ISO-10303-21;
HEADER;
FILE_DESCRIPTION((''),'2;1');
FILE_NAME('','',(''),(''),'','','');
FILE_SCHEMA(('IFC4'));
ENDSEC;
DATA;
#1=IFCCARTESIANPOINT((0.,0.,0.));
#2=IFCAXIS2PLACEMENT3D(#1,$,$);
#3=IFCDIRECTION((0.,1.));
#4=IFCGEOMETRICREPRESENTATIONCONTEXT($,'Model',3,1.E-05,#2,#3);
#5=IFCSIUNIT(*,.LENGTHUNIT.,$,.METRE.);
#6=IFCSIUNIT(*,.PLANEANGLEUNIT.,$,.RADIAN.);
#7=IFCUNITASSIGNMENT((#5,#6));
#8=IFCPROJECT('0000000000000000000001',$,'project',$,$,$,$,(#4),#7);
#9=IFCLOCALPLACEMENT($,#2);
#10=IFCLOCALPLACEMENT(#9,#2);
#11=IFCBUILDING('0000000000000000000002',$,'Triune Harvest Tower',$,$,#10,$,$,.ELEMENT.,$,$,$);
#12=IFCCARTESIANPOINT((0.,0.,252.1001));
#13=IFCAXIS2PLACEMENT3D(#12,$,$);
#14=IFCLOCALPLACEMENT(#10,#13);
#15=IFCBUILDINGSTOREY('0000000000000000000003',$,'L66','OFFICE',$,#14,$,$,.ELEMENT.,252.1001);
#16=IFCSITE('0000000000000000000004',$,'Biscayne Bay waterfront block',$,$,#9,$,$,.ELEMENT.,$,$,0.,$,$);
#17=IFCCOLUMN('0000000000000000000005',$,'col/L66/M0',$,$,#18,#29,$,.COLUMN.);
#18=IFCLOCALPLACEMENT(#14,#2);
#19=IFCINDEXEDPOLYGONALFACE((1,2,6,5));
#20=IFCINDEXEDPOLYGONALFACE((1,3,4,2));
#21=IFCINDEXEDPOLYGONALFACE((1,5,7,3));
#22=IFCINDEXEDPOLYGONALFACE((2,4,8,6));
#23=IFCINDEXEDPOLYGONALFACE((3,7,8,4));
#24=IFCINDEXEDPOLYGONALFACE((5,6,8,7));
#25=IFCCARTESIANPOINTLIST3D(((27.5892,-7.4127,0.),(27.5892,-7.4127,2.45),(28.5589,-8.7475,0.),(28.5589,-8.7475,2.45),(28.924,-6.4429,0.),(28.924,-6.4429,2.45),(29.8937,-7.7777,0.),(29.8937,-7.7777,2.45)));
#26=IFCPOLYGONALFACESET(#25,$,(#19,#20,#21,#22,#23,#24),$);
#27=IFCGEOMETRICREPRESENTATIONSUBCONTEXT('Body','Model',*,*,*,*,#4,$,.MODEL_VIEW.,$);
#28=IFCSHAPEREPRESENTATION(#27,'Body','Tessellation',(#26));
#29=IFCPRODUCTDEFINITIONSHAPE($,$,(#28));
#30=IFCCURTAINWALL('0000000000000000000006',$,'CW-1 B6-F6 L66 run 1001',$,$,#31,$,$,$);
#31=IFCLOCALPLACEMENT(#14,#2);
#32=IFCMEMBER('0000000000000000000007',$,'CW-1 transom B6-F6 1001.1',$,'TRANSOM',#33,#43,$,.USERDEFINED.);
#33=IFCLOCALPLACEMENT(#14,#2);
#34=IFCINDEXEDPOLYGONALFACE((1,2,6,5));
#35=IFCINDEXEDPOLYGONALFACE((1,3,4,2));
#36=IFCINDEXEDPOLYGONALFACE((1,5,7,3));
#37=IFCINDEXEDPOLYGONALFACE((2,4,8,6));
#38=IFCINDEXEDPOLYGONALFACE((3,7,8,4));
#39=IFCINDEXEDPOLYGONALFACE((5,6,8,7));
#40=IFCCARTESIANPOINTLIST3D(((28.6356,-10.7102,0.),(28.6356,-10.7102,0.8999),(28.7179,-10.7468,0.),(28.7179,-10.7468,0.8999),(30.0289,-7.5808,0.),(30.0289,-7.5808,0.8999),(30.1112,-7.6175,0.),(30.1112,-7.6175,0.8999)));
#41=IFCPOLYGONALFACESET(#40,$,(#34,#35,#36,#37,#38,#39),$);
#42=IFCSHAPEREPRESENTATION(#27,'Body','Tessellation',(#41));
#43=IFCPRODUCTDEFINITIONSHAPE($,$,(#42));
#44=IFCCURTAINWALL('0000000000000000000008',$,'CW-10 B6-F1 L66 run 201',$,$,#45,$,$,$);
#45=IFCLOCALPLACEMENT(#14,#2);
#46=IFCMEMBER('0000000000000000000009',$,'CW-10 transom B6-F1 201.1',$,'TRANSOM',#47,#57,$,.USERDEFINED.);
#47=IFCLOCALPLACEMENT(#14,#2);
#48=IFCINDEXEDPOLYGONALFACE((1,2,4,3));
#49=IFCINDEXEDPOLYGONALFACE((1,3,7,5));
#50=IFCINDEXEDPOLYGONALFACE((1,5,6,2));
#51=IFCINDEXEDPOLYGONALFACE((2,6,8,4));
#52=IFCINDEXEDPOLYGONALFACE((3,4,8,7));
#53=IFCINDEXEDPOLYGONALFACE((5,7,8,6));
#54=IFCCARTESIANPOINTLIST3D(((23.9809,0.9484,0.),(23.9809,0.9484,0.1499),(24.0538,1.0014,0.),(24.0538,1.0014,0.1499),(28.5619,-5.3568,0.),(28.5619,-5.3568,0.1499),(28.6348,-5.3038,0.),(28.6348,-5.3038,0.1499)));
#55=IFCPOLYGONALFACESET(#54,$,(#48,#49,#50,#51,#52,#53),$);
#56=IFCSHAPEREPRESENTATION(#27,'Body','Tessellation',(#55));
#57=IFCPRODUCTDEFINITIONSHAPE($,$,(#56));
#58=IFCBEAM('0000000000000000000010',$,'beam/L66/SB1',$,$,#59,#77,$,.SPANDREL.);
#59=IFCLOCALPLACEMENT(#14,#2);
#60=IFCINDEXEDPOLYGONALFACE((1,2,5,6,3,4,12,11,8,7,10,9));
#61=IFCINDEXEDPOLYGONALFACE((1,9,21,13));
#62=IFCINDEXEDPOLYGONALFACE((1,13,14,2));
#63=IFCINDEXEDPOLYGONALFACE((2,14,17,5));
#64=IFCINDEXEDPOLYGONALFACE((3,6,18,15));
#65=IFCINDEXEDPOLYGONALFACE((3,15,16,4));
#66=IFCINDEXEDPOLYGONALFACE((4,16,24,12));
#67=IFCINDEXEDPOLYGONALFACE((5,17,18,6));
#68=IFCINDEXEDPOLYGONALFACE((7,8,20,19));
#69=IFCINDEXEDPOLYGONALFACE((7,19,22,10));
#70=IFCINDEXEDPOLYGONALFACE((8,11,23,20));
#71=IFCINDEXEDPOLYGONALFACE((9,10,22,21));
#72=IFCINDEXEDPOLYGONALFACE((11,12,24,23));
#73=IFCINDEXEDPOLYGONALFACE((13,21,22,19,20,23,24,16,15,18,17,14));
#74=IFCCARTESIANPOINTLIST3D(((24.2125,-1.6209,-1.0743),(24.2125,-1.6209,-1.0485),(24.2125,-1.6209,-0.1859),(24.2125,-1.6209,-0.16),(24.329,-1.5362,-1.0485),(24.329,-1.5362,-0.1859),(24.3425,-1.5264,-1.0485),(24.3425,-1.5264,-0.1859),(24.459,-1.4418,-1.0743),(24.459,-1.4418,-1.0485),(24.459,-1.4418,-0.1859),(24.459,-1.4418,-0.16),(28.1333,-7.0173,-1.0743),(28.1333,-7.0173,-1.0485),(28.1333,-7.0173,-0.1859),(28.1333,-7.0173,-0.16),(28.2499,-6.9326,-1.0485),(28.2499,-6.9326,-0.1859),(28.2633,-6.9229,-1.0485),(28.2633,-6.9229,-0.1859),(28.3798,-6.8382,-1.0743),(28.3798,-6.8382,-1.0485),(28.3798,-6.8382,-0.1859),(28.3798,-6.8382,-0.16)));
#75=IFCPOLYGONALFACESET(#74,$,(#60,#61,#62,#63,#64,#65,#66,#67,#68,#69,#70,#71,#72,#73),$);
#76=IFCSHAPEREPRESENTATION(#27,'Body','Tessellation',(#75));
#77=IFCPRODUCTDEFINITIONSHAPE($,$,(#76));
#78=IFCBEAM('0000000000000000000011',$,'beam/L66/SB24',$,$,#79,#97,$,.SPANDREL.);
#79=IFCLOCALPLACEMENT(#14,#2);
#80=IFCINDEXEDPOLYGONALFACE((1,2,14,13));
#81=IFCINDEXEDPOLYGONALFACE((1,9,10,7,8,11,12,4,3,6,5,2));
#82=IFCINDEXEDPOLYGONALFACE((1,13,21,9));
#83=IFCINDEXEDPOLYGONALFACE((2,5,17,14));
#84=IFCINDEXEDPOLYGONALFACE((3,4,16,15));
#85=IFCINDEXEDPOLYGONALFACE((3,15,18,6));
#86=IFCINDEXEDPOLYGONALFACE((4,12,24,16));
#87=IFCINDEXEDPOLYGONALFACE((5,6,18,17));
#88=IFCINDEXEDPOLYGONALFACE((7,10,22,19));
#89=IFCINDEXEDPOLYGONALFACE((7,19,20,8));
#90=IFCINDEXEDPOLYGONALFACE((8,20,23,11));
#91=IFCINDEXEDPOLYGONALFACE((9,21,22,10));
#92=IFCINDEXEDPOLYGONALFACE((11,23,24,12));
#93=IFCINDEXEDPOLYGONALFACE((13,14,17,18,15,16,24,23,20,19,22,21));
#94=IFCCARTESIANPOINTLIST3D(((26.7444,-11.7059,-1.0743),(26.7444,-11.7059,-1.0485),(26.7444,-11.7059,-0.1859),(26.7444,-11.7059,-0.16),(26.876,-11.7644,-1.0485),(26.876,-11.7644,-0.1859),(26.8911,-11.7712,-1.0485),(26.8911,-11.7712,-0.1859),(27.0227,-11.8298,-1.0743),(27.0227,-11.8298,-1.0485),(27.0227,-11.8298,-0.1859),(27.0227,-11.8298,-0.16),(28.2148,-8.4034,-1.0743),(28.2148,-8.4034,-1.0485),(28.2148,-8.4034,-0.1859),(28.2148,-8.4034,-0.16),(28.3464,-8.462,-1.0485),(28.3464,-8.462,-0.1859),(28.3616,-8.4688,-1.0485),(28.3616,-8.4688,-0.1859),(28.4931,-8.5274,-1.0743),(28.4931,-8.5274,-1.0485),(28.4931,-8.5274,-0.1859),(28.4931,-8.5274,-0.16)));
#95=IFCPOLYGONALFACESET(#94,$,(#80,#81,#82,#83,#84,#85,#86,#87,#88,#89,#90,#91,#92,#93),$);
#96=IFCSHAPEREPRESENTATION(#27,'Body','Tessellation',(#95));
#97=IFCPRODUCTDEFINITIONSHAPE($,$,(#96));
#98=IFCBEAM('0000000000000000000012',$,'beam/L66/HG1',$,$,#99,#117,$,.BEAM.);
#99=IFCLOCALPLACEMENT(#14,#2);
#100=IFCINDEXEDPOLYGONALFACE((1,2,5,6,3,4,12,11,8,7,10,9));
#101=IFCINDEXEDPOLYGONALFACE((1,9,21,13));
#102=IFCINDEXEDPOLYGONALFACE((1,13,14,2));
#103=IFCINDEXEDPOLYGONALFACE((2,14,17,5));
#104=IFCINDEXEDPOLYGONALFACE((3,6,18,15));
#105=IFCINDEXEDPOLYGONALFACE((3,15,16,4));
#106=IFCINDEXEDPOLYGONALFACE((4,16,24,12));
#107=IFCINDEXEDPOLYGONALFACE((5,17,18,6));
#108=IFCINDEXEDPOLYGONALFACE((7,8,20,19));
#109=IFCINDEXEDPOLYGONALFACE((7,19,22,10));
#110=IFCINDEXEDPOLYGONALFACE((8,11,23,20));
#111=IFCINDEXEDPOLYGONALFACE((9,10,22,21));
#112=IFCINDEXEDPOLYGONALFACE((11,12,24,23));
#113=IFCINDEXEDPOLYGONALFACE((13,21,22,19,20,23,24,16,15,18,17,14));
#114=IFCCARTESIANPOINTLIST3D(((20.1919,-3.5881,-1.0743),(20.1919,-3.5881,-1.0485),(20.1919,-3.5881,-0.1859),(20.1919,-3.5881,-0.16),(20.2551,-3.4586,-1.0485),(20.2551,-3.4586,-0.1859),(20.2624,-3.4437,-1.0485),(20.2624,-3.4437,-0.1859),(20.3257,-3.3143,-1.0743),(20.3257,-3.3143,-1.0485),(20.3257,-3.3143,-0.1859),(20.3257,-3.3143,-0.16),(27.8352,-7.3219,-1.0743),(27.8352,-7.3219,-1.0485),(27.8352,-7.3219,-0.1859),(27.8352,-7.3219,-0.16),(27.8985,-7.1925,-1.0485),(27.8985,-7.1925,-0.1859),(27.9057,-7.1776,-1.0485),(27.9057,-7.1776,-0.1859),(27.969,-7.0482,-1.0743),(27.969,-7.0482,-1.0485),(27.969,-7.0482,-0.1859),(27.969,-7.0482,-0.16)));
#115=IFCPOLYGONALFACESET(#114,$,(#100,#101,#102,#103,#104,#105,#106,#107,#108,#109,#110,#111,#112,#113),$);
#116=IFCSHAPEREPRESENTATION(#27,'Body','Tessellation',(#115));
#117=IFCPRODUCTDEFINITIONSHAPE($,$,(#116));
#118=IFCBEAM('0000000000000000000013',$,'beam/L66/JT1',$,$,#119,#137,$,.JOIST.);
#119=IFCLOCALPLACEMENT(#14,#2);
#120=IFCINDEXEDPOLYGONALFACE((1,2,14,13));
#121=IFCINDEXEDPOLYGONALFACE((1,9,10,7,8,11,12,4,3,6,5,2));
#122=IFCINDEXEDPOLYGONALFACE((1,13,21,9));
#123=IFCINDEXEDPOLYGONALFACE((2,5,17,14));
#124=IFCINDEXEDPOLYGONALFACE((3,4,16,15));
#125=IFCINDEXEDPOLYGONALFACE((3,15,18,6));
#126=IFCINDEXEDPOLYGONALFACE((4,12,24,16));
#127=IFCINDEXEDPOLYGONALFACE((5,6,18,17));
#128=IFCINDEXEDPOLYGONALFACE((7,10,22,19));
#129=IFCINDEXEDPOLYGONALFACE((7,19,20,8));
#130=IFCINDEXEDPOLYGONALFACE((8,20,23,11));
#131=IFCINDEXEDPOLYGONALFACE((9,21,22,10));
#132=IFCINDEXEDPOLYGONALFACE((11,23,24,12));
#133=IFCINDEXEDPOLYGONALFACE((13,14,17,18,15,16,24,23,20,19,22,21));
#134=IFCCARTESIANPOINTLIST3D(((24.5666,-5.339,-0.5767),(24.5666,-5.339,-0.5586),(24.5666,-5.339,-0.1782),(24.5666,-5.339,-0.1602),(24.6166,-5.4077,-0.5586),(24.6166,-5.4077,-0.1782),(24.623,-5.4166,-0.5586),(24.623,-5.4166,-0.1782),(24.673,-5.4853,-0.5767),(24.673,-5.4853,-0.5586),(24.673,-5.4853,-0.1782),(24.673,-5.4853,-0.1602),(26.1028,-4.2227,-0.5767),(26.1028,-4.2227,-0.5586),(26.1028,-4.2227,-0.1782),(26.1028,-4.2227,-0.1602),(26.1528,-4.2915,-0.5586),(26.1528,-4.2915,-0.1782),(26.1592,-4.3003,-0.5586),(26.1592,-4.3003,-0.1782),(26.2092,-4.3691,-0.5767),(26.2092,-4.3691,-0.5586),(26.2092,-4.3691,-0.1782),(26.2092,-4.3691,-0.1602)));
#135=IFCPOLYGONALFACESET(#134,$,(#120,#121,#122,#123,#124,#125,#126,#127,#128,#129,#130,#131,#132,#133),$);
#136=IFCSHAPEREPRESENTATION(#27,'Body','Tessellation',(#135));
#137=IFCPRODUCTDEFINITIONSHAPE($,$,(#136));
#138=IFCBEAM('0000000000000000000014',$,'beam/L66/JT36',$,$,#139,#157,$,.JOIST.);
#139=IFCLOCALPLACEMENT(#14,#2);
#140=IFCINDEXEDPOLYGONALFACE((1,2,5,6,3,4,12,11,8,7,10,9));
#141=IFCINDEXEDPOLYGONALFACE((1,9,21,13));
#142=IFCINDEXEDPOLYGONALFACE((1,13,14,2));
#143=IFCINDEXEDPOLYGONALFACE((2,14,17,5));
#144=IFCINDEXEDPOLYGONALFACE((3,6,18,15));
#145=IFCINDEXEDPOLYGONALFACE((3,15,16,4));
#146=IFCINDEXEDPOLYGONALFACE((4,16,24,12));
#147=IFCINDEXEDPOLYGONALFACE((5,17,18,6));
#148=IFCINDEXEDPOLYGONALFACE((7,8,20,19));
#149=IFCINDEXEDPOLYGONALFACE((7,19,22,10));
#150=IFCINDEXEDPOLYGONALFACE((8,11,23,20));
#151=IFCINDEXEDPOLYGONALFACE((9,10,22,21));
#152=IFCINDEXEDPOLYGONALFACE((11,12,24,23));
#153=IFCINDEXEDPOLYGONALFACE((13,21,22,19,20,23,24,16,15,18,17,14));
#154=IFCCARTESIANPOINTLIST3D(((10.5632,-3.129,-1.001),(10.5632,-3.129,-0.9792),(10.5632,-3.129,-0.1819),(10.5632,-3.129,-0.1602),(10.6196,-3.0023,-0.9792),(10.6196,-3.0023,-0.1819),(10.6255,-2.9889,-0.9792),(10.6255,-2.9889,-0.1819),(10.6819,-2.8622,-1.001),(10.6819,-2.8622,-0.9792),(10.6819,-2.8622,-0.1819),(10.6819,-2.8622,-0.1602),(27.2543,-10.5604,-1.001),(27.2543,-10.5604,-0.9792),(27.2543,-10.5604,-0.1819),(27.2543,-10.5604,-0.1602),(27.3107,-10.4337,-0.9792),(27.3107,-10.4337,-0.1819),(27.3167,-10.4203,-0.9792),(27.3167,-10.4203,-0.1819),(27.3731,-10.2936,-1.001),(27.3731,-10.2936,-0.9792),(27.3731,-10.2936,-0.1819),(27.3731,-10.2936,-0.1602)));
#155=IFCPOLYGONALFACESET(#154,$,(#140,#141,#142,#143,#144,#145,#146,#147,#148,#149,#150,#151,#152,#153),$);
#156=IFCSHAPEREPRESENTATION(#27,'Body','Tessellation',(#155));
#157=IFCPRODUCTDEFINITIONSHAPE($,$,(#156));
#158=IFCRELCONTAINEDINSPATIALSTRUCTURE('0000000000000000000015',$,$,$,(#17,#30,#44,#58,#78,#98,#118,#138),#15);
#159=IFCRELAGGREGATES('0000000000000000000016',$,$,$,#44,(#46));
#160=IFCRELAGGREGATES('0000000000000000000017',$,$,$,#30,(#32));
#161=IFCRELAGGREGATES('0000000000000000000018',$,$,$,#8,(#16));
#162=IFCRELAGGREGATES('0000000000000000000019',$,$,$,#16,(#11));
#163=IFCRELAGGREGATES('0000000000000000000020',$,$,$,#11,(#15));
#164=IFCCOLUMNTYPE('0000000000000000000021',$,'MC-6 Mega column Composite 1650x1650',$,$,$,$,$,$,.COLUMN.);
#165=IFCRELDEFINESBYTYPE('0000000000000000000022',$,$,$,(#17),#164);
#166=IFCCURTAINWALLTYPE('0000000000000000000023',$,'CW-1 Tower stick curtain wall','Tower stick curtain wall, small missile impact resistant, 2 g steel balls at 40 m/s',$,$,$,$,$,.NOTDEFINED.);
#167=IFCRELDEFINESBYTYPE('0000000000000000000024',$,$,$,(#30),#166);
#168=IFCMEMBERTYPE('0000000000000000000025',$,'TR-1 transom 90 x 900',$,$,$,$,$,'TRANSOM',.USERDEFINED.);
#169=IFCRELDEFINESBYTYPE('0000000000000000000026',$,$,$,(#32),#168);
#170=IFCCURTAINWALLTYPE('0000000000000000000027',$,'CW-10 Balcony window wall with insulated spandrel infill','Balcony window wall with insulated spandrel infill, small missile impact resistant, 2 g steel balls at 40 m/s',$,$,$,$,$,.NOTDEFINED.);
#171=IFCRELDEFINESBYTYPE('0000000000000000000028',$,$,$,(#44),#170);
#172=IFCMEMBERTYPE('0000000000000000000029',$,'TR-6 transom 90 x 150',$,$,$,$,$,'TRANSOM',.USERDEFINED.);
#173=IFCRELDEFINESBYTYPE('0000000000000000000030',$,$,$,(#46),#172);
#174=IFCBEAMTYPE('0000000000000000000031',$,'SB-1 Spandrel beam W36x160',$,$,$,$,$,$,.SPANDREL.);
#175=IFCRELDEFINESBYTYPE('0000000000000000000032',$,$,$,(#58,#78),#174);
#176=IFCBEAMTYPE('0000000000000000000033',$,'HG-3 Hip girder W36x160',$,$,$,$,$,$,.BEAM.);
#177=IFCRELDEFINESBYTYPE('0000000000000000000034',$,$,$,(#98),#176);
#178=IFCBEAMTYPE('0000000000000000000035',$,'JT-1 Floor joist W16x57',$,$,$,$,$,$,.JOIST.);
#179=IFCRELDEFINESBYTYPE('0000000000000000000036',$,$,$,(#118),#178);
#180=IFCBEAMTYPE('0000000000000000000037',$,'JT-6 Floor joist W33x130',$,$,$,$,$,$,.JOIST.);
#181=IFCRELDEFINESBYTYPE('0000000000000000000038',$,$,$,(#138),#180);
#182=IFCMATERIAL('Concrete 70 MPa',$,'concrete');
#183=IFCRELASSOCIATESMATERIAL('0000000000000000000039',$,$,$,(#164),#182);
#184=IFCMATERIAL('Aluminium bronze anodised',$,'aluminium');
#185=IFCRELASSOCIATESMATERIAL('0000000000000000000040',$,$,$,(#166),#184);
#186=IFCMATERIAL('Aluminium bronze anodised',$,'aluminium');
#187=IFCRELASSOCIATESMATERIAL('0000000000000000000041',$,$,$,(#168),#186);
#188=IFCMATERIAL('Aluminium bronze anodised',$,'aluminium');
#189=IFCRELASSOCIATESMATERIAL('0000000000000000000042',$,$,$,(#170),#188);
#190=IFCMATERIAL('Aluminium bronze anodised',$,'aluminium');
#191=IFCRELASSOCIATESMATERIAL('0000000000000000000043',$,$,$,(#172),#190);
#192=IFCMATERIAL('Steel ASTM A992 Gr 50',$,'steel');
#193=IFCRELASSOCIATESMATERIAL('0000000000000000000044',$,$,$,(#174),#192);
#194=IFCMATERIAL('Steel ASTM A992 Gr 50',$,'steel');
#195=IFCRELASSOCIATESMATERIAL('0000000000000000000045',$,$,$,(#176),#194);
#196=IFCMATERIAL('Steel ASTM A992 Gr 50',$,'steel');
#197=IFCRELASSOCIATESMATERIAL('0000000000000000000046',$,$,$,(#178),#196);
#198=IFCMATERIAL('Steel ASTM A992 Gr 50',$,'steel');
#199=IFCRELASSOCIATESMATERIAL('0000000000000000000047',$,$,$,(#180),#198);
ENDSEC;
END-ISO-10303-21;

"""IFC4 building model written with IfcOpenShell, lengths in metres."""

from ifc_helpers import new_model, si_unit, direction, frame, origin, origin_2d, place, context, subcontext, project, spatial, rectangle, i_section, extrude, source, transform, mapped, material, material_profile, profile_set, type_object, element, aggregate, save


model = new_model("IFC4")

# Units and contexts
model_context = context("Model", 3, precision=1e-05, world=origin(), true_north=direction((0.0, 1.0)))
body_context = subcontext(model_context, "Body", "Model", "MODEL_VIEW")
ifc_project = project(units=[si_unit("LENGTHUNIT", "METRE"), si_unit("PLANEANGLEUNIT", "RADIAN")], contexts=[model_context])

# Site, building, storey
site_placement = place(None, origin())
site = spatial("IfcSite", under=ifc_project, at=site_placement, Name="Biscayne Bay waterfront block", CompositionType="ELEMENT", RefElevation=0.0)
building_placement = place(site_placement, origin())
building = spatial("IfcBuilding", under=site, at=building_placement, Name="Triune Harvest Tower", CompositionType="ELEMENT")
storey_placement = place(building_placement, frame((0.0, 0.0, 252.1001)))
storey = spatial("IfcBuildingStorey", under=building, at=storey_placement, Name="L66", Description="OFFICE", CompositionType="ELEMENT", Elevation=252.1001)

# Column
ifc_material_1 = material(Name="Concrete 70 MPa", Category="concrete")
ifc_material_profile_1 = material_profile(ifc_material_1, rectangle(XDim=1.6499, YDim=1.6499, at=origin_2d()), Name="Composite 1650x1650")
ifc_profile_set_1 = profile_set([ifc_material_profile_1], Name="Concrete 70 MPa")
column_type = type_object("IfcColumnType", Name="MC-6 Mega column Composite 1650x1650", PredefinedType="COLUMN", material=ifc_profile_set_1)
shared_shape_1 = source(origin(), body_context, "Body", "SweptSolid", [
    extrude(rectangle(XDim=1.6499, YDim=1.6499, at=origin_2d()), origin(), (0.0, 0.0, 1.0), 2.45),
])
column_placement = place(storey_placement, frame((28.7415, -7.5952, 0.0), z_axis=(0.0, 0.0, 1.0), x_axis=(-0.587785, 0.809017, 0.0)))
element("IfcColumn", 1, at=column_placement, inside=storey, type_object=column_type, Name="col/L66/M0", PredefinedType="COLUMN", context=body_context, shape_type="MappedRepresentation", body=[
    mapped(shared_shape_1, transform((0.0, 0.0, 0.0), scale=1.0)),
])

# Curtain walls, members
ifc_material_2 = material(Name="Aluminium bronze anodised", Category="aluminium")
curtain_wall_type_1 = type_object("IfcCurtainWallType", Name="CW-1 Tower stick curtain wall", Description="Tower stick curtain wall, small missile impact resistant, 2 g steel balls at 40 m/s", PredefinedType="NOTDEFINED", material=ifc_material_2)
curtain_wall_1_placement = place(storey_placement, origin())
curtain_wall_1 = element("IfcCurtainWall", 2, at=curtain_wall_1_placement, inside=storey, type_object=curtain_wall_type_1, Name="CW-1 B6-F6 L66 run 1001")
ifc_material_3 = material(Name="Aluminium bronze anodised", Category="aluminium")
ifc_material_profile_2 = material_profile(ifc_material_3, rectangle(XDim=0.0901, YDim=0.8999, at=origin_2d()), Name="TR-1 transom 90 x 900")
ifc_profile_set_2 = profile_set([ifc_material_profile_2], Name="Aluminium bronze anodised")
member_type_1 = type_object("IfcMemberType", Name="TR-1 transom 90 x 900", ElementType="TRANSOM", PredefinedType="USERDEFINED", material=ifc_profile_set_2)
member_1_placement = place(storey_placement, frame((28.6768, -10.7285, 0.45), z_axis=(0.40674, 0.913544, 0.0), x_axis=(-0.913544, 0.40674, 0.0)))
member_1 = element("IfcMember", 3, at=member_1_placement, type_object=member_type_1, Name="CW-1 transom B6-F6 1001.1", ObjectType="TRANSOM", PredefinedType="USERDEFINED", context=body_context, shape_type="SweptSolid", body=[
    extrude(rectangle(XDim=0.0901, YDim=0.8999, at=origin_2d()), origin(), (0.0, 0.0, 1.0), 3.4255),
])
ifc_material_4 = material(Name="Aluminium bronze anodised", Category="aluminium")
curtain_wall_type_2 = type_object("IfcCurtainWallType", Name="CW-10 Balcony window wall with insulated spandrel infill", Description="Balcony window wall with insulated spandrel infill, small missile impact resistant, 2 g steel balls at 40 m/s", PredefinedType="NOTDEFINED", material=ifc_material_4)
curtain_wall_2_placement = place(storey_placement, origin())
curtain_wall_2 = element("IfcCurtainWall", 4, at=curtain_wall_2_placement, inside=storey, type_object=curtain_wall_type_2, Name="CW-10 B6-F1 L66 run 201")
ifc_material_5 = material(Name="Aluminium bronze anodised", Category="aluminium")
ifc_material_profile_3 = material_profile(ifc_material_5, rectangle(XDim=0.0901, YDim=0.1499, at=origin_2d()), Name="TR-6 transom 90 x 150")
ifc_profile_set_3 = profile_set([ifc_material_profile_3], Name="Aluminium bronze anodised")
member_type_2 = type_object("IfcMemberType", Name="TR-6 transom 90 x 150", ElementType="TRANSOM", PredefinedType="USERDEFINED", material=ifc_profile_set_3)
member_2_placement = place(storey_placement, frame((28.5984, -5.3303, 0.075), z_axis=(-0.587792, 0.809012, 0.0), x_axis=(-0.809012, -0.587792, 0.0)))
member_2 = element("IfcMember", 5, at=member_2_placement, type_object=member_type_2, Name="CW-10 transom B6-F1 201.1", ObjectType="TRANSOM", PredefinedType="USERDEFINED", context=body_context, shape_type="SweptSolid", body=[
    extrude(rectangle(XDim=0.0901, YDim=0.1499, at=origin_2d()), origin(), (0.0, 0.0, 1.0), 7.7937),
])

# Beams
ifc_material_6 = material(Name="Steel ASTM A992 Gr 50", Category="steel")
ifc_material_profile_4 = material_profile(ifc_material_6, i_section(OverallWidth=0.3047, OverallDepth=0.9143, WebThickness=0.0166, FlangeThickness=0.0259, at=origin_2d()), Name="W36x160")
ifc_profile_set_4 = profile_set([ifc_material_profile_4], Name="Steel ASTM A992 Gr 50")
beam_type_1 = type_object("IfcBeamType", Name="SB-1 Spandrel beam W36x160", PredefinedType="SPANDREL", material=ifc_profile_set_4)
shared_shape_2 = source(origin(), body_context, "Body", "SweptSolid", [
    extrude(i_section(OverallWidth=0.3047, OverallDepth=0.9143, WebThickness=0.0166, FlangeThickness=0.0259, at=origin_2d()), origin(), (0.0, 0.0, 1.0), 6.6704),
])
beam_1_placement = place(storey_placement, frame((28.2566, -6.9277, -0.6172), z_axis=(-0.587797, 0.809008, 0.0), x_axis=(-0.809008, -0.587797, 0.0)))
element("IfcBeam", 6, at=beam_1_placement, inside=storey, type_object=beam_type_1, Name="beam/L66/SB1", PredefinedType="SPANDREL", context=body_context, shape_type="MappedRepresentation", body=[
    mapped(shared_shape_2, transform((0.0, 0.0, 0.0), scale=1.0)),
])
shared_shape_3 = source(origin(), body_context, "Body", "SweptSolid", [
    extrude(i_section(OverallWidth=0.3047, OverallDepth=0.9143, WebThickness=0.0166, FlangeThickness=0.0259, at=origin_2d()), origin(), (0.0, 0.0, 1.0), 3.615),
])
beam_2_placement = place(storey_placement, frame((26.8835, -11.7678, -0.6172), z_axis=(0.406759, 0.913536, 0.0), x_axis=(-0.913536, 0.406759, 0.0)))
element("IfcBeam", 7, at=beam_2_placement, inside=storey, type_object=beam_type_1, Name="beam/L66/SB24", PredefinedType="SPANDREL", context=body_context, shape_type="MappedRepresentation", body=[
    mapped(shared_shape_3, transform((0.0, 0.0, 0.0), scale=1.0)),
])
ifc_material_7 = material(Name="Steel ASTM A992 Gr 50", Category="steel")
ifc_material_profile_5 = material_profile(ifc_material_7, i_section(OverallWidth=0.3047, OverallDepth=0.9143, WebThickness=0.0166, FlangeThickness=0.0259, at=origin_2d()), Name="W36x160")
ifc_profile_set_5 = profile_set([ifc_material_profile_5], Name="Steel ASTM A992 Gr 50")
beam_type_2 = type_object("IfcBeamType", Name="HG-3 Hip girder W36x160", PredefinedType="BEAM", material=ifc_profile_set_5)
shared_shape_4 = source(origin(), body_context, "Body", "SweptSolid", [
    extrude(i_section(OverallWidth=0.3047, OverallDepth=0.9143, WebThickness=0.0166, FlangeThickness=0.0259, at=origin_2d()), origin(), (0.0, 0.0, 1.0), 8.5066),
])
beam_3_placement = place(storey_placement, frame((27.9021, -7.1851, -0.6172), z_axis=(-0.898516, 0.43894, 0.0), x_axis=(-0.43894, -0.898516, 0.0)))
element("IfcBeam", 8, at=beam_3_placement, inside=storey, type_object=beam_type_2, Name="beam/L66/HG1", PredefinedType="BEAM", context=body_context, shape_type="MappedRepresentation", body=[
    mapped(shared_shape_4, transform((0.0, 0.0, 0.0), scale=1.0)),
])
ifc_material_8 = material(Name="Steel ASTM A992 Gr 50", Category="steel")
ifc_material_profile_6 = material_profile(ifc_material_8, i_section(OverallWidth=0.1809, OverallDepth=0.4165, WebThickness=0.011, FlangeThickness=0.0181, at=origin_2d()), Name="W16x57")
ifc_profile_set_6 = profile_set([ifc_material_profile_6], Name="Steel ASTM A992 Gr 50")
beam_type_3 = type_object("IfcBeamType", Name="JT-1 Floor joist W16x57", PredefinedType="JOIST", material=ifc_profile_set_6)
shared_shape_5 = source(origin(), body_context, "Body", "SweptSolid", [
    extrude(i_section(OverallWidth=0.1809, OverallDepth=0.4165, WebThickness=0.011, FlangeThickness=0.0181, at=origin_2d()), origin(), (0.0, 0.0, 1.0), 1.8989),
])
beam_4_placement = place(storey_placement, frame((26.156, -4.2959, -0.3684), z_axis=(-0.808981, -0.587835, 0.0), x_axis=(0.587835, -0.808981, 0.0)))
element("IfcBeam", 9, at=beam_4_placement, inside=storey, type_object=beam_type_3, Name="beam/L66/JT1", PredefinedType="JOIST", context=body_context, shape_type="MappedRepresentation", body=[
    mapped(shared_shape_5, transform((0.0, 0.0, 0.0), scale=1.0)),
])
ifc_material_9 = material(Name="Steel ASTM A992 Gr 50", Category="steel")
ifc_material_profile_7 = material_profile(ifc_material_9, i_section(OverallWidth=0.292, OverallDepth=0.8408, WebThickness=0.0146, FlangeThickness=0.0217, at=origin_2d()), Name="W33x130")
ifc_profile_set_7 = profile_set([ifc_material_profile_7], Name="Steel ASTM A992 Gr 50")
beam_type_4 = type_object("IfcBeamType", Name="JT-6 Floor joist W33x130", PredefinedType="JOIST", material=ifc_profile_set_7)
shared_shape_6 = source(origin(), body_context, "Body", "SweptSolid", [
    extrude(i_section(OverallWidth=0.292, OverallDepth=0.8408, WebThickness=0.0146, FlangeThickness=0.0217, at=origin_2d()), origin(), (0.0, 0.0, 1.0), 18.2708),
])
beam_5_placement = place(storey_placement, frame((27.3137, -10.427, -0.5806), z_axis=(-0.913545, 0.406737, 0.0), x_axis=(-0.406737, -0.913545, 0.0)))
element("IfcBeam", 10, at=beam_5_placement, inside=storey, type_object=beam_type_4, Name="beam/L66/JT36", PredefinedType="JOIST", context=body_context, shape_type="MappedRepresentation", body=[
    mapped(shared_shape_6, transform((0.0, 0.0, 0.0), scale=1.0)),
])

aggregate(curtain_wall_2, [member_2])

aggregate(curtain_wall_1, [member_1])

save(model, "model.ifc")
